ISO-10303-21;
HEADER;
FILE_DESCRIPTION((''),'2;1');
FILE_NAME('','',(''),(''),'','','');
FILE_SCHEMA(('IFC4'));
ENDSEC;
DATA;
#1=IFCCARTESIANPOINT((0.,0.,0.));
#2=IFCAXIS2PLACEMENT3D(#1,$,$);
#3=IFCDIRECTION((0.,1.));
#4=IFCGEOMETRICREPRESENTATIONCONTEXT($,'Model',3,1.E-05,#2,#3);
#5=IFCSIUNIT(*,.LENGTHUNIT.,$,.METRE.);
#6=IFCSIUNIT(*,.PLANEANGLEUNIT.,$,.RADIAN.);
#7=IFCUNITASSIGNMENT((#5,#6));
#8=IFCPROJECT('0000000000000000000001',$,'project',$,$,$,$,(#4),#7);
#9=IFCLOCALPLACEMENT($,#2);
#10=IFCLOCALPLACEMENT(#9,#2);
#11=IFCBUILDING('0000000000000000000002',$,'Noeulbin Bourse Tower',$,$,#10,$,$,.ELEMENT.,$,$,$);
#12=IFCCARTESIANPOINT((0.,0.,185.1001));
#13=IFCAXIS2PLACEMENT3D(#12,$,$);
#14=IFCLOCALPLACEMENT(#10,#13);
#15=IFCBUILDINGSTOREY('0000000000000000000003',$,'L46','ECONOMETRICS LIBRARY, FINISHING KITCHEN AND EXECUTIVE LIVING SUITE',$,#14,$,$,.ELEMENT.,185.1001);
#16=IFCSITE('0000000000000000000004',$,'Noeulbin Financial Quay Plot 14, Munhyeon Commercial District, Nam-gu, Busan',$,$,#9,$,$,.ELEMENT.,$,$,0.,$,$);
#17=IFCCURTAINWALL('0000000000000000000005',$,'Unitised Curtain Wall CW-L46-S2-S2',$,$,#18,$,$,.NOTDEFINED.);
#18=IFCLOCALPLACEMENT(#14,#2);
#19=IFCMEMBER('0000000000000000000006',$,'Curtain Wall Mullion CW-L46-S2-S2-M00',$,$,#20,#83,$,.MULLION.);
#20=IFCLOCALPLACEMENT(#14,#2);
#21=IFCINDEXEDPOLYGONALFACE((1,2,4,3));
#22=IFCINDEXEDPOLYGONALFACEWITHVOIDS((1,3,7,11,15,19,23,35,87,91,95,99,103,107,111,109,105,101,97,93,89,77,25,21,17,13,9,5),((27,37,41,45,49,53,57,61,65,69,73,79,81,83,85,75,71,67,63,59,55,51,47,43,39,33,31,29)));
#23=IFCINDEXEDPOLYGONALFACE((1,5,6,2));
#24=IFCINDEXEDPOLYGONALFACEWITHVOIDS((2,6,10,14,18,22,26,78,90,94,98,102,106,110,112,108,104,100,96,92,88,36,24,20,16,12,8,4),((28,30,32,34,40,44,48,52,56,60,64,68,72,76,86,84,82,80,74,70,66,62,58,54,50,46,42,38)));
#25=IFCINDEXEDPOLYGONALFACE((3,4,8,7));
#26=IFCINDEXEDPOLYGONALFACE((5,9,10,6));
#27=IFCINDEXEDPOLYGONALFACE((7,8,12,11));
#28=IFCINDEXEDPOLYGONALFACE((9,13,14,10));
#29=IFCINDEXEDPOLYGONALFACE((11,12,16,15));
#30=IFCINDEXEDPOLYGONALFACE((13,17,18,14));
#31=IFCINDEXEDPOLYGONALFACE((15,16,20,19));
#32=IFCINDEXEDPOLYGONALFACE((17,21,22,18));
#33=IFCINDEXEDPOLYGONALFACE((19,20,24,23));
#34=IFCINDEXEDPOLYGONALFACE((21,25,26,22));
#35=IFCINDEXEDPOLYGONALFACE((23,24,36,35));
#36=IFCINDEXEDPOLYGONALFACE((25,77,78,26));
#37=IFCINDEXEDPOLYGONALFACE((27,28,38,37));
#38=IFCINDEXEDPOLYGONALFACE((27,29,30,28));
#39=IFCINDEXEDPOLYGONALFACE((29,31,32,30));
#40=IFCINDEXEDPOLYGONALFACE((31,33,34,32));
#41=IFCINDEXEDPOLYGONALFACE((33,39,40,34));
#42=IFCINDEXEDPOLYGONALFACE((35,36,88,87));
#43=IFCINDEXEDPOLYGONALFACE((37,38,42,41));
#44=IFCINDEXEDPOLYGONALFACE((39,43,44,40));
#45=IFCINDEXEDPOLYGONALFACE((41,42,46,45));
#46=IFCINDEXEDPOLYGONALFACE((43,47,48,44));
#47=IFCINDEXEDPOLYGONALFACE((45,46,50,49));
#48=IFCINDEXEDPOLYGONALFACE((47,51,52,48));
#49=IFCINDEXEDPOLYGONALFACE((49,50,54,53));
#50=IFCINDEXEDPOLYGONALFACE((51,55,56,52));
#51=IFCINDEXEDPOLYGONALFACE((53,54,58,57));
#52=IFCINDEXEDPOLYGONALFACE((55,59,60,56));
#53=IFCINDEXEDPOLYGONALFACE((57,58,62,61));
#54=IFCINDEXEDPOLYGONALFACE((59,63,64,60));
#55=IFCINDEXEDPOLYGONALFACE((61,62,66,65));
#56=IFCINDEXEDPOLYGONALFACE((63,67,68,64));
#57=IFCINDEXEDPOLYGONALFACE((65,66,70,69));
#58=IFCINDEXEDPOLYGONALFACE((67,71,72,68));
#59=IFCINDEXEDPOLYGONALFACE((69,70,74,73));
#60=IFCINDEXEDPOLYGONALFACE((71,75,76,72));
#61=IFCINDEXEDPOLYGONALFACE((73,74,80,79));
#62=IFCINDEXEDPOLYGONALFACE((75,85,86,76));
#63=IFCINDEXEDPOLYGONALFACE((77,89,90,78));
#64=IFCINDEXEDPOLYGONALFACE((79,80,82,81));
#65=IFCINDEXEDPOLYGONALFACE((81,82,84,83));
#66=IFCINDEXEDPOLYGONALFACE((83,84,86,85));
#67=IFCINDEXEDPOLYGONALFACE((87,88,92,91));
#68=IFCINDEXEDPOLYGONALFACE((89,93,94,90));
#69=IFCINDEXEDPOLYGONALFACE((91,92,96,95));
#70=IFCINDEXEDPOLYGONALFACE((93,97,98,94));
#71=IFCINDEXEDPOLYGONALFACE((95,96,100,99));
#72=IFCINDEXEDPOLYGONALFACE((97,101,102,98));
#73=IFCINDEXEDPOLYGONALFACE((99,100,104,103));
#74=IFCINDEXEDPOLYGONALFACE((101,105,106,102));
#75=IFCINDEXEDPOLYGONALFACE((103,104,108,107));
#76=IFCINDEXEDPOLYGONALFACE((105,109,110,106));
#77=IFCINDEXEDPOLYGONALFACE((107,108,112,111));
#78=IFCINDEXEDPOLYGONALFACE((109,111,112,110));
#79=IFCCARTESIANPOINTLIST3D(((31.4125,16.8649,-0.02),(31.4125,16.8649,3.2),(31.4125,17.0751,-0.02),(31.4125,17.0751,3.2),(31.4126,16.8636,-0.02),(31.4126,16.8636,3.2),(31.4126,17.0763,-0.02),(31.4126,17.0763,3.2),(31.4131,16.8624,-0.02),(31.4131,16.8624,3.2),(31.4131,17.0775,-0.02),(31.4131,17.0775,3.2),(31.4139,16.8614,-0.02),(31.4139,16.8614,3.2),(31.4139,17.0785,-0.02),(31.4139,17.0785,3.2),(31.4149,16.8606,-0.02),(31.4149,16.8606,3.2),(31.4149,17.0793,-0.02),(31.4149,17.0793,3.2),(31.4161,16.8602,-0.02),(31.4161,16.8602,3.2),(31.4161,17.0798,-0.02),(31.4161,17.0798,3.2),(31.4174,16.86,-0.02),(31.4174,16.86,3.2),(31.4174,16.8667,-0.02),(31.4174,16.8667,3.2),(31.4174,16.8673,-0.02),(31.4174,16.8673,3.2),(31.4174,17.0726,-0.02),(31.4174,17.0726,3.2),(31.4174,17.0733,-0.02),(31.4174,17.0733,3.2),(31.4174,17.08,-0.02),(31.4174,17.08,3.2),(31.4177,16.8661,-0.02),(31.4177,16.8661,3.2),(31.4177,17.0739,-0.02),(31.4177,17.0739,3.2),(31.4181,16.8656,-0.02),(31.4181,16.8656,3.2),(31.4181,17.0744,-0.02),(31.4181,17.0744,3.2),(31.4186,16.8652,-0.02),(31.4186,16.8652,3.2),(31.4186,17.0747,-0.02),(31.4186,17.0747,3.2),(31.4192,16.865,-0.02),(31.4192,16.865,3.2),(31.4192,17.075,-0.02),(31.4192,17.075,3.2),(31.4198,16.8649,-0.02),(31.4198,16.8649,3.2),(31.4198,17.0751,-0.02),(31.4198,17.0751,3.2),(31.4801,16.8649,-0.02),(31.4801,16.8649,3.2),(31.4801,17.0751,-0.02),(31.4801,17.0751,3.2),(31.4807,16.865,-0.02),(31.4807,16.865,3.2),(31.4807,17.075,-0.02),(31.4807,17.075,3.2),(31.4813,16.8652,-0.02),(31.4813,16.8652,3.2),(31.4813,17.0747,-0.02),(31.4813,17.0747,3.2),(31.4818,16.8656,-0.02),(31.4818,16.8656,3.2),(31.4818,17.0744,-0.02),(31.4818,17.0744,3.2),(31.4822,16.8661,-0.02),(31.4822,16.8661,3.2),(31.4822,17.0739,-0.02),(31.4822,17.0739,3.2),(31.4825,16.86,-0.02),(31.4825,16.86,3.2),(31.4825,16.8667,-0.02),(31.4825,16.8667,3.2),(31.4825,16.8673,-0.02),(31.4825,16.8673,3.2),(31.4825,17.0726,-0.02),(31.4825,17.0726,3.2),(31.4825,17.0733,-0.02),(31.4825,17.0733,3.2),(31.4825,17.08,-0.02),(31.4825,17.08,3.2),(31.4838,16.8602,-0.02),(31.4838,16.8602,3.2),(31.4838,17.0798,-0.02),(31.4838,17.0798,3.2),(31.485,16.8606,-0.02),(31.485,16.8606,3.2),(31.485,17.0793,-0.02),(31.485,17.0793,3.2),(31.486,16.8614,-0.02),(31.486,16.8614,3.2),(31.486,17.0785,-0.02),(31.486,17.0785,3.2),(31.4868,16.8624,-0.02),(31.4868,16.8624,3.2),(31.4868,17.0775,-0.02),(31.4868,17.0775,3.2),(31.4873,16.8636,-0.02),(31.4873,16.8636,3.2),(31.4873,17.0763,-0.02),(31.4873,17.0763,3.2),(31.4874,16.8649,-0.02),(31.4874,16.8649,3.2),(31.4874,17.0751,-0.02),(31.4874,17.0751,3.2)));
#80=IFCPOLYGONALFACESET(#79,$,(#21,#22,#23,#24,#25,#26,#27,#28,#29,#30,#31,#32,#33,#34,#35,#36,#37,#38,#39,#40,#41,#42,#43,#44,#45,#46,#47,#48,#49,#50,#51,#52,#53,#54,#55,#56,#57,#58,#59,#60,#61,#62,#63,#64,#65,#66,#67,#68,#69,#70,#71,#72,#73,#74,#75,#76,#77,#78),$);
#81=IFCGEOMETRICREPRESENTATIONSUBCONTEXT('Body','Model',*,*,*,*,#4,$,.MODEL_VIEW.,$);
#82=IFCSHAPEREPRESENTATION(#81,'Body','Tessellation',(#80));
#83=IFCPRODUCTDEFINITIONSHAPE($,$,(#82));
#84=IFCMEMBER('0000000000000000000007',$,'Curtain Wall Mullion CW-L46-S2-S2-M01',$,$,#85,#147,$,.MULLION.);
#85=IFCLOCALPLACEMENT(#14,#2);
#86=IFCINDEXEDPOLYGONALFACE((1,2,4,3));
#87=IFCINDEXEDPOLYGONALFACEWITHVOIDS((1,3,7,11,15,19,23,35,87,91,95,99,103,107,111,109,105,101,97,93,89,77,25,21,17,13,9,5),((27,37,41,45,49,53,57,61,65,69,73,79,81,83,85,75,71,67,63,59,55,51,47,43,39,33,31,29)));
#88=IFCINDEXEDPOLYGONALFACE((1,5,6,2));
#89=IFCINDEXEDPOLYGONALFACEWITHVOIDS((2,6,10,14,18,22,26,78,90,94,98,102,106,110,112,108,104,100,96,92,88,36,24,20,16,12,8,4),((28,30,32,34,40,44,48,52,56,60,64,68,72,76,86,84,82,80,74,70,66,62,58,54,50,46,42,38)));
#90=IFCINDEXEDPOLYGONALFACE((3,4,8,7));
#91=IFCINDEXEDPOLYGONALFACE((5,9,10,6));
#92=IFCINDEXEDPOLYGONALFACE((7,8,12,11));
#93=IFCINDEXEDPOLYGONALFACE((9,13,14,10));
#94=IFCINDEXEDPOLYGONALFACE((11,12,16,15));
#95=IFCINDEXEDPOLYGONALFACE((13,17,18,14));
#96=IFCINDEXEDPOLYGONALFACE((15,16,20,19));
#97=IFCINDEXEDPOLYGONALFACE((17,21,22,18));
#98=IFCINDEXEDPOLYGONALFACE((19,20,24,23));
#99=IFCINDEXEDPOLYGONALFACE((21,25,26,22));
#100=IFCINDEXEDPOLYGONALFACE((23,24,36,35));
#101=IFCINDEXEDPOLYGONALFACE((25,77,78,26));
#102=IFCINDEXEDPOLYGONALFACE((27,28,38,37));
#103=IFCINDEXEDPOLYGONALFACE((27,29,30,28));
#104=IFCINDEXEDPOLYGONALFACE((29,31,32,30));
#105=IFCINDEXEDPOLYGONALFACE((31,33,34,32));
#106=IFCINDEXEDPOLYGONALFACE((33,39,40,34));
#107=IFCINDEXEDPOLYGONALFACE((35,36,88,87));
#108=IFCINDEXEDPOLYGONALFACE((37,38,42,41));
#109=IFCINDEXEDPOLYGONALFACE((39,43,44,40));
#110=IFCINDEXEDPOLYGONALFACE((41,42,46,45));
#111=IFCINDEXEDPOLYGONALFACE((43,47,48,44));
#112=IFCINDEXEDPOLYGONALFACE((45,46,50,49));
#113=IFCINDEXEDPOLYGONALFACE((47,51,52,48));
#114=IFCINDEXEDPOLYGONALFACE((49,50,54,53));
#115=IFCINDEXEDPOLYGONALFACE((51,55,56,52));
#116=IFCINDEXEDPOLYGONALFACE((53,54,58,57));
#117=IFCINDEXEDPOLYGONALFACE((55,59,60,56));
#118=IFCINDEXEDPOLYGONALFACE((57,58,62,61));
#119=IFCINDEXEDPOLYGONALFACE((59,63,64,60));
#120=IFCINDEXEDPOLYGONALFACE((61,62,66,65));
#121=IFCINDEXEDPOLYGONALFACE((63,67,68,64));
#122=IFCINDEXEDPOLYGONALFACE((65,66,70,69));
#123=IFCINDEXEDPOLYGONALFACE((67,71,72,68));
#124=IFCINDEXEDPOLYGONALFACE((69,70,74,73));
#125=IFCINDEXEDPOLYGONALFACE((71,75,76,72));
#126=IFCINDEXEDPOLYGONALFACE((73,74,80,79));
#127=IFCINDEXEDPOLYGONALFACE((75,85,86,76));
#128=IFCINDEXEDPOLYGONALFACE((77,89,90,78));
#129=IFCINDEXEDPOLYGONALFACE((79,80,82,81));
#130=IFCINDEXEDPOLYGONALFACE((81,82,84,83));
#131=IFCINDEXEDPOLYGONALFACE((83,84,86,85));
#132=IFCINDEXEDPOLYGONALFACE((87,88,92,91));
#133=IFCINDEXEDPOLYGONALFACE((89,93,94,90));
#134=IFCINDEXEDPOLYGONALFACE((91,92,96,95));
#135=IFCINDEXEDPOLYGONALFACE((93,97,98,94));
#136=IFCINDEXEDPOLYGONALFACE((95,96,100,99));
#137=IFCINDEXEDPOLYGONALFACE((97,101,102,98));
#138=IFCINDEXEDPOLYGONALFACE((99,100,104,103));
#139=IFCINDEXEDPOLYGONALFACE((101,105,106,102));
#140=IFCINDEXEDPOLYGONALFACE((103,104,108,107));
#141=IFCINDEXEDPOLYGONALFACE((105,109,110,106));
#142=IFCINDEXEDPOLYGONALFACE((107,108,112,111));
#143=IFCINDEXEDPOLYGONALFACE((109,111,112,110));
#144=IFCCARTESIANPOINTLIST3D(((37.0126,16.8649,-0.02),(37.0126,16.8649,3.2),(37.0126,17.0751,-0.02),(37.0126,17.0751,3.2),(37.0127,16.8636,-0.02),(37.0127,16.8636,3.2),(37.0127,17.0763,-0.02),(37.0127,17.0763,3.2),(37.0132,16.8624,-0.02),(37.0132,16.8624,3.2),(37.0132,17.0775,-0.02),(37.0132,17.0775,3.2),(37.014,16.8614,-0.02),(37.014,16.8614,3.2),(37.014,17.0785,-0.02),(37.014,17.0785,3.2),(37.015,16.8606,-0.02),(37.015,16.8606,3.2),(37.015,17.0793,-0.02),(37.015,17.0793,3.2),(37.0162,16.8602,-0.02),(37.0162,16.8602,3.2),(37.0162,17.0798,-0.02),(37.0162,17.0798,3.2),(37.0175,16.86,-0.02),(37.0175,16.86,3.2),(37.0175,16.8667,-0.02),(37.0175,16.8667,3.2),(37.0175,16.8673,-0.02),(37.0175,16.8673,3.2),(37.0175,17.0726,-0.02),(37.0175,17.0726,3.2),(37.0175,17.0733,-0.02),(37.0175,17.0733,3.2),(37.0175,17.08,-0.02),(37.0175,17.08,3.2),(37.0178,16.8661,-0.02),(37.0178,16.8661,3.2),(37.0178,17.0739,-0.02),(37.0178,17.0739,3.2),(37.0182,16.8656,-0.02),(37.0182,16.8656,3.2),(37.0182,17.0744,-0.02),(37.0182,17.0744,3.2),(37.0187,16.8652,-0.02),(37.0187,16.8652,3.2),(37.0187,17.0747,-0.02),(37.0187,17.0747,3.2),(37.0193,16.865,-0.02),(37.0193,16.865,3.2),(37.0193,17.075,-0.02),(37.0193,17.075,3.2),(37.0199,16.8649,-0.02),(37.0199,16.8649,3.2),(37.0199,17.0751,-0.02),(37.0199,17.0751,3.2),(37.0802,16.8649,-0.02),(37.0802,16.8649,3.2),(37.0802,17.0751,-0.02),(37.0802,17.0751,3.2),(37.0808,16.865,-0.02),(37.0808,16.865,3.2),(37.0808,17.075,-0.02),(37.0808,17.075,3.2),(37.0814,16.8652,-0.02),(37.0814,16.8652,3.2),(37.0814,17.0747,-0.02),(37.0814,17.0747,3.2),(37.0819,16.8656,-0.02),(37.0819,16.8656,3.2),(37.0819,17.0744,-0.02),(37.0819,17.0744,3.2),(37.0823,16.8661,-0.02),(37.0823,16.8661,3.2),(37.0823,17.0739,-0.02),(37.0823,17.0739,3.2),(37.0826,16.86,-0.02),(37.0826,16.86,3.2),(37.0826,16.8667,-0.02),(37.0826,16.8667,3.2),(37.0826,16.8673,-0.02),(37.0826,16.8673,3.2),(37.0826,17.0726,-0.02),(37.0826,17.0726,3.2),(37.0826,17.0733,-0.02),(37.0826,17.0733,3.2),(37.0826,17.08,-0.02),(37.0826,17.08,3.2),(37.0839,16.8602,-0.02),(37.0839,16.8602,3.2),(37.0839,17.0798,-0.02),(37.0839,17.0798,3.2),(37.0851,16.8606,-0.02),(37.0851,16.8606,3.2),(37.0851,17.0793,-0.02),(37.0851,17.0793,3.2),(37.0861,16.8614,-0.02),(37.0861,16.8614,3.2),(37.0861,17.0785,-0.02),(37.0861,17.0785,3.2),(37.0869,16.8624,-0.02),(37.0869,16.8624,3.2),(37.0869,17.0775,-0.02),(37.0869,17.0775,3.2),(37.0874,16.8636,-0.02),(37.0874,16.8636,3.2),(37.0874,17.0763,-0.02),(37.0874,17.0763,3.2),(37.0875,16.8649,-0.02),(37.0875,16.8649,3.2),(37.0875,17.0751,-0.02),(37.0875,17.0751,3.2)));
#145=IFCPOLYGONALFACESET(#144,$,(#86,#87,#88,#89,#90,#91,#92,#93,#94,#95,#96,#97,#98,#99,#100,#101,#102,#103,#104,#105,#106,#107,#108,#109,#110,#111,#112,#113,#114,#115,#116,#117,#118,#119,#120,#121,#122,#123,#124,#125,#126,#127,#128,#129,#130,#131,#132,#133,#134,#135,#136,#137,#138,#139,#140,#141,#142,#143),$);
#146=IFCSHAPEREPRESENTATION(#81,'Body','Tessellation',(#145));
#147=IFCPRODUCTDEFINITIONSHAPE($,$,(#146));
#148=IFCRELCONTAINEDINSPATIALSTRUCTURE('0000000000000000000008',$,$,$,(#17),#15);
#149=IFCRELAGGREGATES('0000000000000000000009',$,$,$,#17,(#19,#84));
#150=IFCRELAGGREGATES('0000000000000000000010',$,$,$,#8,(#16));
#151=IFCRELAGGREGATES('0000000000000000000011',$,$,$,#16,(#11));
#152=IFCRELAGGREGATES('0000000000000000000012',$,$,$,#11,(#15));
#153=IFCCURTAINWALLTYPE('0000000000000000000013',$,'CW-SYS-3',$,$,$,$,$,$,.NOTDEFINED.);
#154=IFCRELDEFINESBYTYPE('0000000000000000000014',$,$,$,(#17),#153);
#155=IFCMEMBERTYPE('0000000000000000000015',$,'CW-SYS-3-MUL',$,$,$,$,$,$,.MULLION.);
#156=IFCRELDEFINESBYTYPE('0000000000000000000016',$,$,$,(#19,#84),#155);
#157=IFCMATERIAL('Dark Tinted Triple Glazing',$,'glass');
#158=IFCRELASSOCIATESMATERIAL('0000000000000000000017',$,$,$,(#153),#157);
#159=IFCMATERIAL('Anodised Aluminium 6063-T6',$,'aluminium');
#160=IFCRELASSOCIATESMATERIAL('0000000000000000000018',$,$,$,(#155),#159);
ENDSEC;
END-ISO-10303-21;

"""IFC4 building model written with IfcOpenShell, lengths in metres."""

from ifc_helpers import new_model, si_unit, direction, frame, origin, origin_2d, place, context, subcontext, project, spatial, hollow_rectangle, extrude, material, material_profile, profile_set, type_object, element, aggregate, save


model = new_model("IFC4")

# Units and contexts
model_context = context("Model", 3, precision=1e-05, world=origin(), true_north=direction((0.0, 1.0)))
body_context = subcontext(model_context, "Body", "Model", "MODEL_VIEW")
ifc_project = project(units=[si_unit("LENGTHUNIT", "METRE"), si_unit("PLANEANGLEUNIT", "RADIAN")], contexts=[model_context])

# Site, building, storey
site_placement = place(None, origin())
site = spatial("IfcSite", under=ifc_project, at=site_placement, Name="Noeulbin Financial Quay Plot 14, Munhyeon Commercial District, Nam-gu, Busan", CompositionType="ELEMENT", RefElevation=0.0)
building_placement = place(site_placement, origin())
building = spatial("IfcBuilding", under=site, at=building_placement, Name="Noeulbin Bourse Tower", CompositionType="ELEMENT")
storey_placement = place(building_placement, frame((0.0, 0.0, 185.1001)))
storey = spatial("IfcBuildingStorey", under=building, at=storey_placement, Name="L46", Description="ECONOMETRICS LIBRARY, FINISHING KITCHEN AND EXECUTIVE LIVING SUITE", CompositionType="ELEMENT", Elevation=185.1001)

# Shared definitions
ifc_material_1 = material(Name="Dark Tinted Triple Glazing", Category="glass")
curtain_wall_type = type_object("IfcCurtainWallType", Name="CW-SYS-3", PredefinedType="NOTDEFINED", material=ifc_material_1)
ifc_material_2 = material(Name="Anodised Aluminium 6063-T6", Category="aluminium")
ifc_material_profile_1 = material_profile(ifc_material_2, hollow_rectangle(XDim=0.075, YDim=0.22, WallThickness=0.0049, InnerFilletRadius=0.0024, OuterFilletRadius=0.0049, at=origin_2d()), Name="ALU-MULL-75x220x5", Category="LoadBearing")
ifc_profile_set_1 = profile_set([ifc_material_profile_1], Name="Anodised Aluminium 6063-T6")
member_type_1 = type_object("IfcMemberType", Name="CW-SYS-3-MUL", PredefinedType="MULLION", material=ifc_profile_set_1)

# Curtain wall, members
curtain_wall_1_placement = place(storey_placement, origin())
curtain_wall_1 = element("IfcCurtainWall", 1, at=curtain_wall_1_placement, inside=storey, type_object=curtain_wall_type, Name="Unitised Curtain Wall CW-L46-S2-S2", PredefinedType="NOTDEFINED")
member_1_placement = place(storey_placement, frame((31.45, 16.97, -0.02), z_axis=(0.0, 0.0, 1.0), x_axis=(1.0, 0.0, 0.0)))
member_1 = element("IfcMember", 2, at=member_1_placement, type_object=member_type_1, Name="Curtain Wall Mullion CW-L46-S2-S2-M00", PredefinedType="MULLION", context=body_context, shape_type="SweptSolid", body=[
    extrude(hollow_rectangle(XDim=0.075, YDim=0.22, WallThickness=0.0049, InnerFilletRadius=0.0024, OuterFilletRadius=0.0049, at=origin_2d()), origin(), (0.0, 0.0, 1.0), 3.22),
])
member_2_placement = place(storey_placement, frame((37.05, 16.97, -0.02), z_axis=(0.0, 0.0, 1.0), x_axis=(1.0, 0.0, 0.0)))
member_2 = element("IfcMember", 3, at=member_2_placement, type_object=member_type_1, Name="Curtain Wall Mullion CW-L46-S2-S2-M01", PredefinedType="MULLION", context=body_context, shape_type="SweptSolid", body=[
    extrude(hollow_rectangle(XDim=0.075, YDim=0.22, WallThickness=0.0049, InnerFilletRadius=0.0024, OuterFilletRadius=0.0049, at=origin_2d()), origin(), (0.0, 0.0, 1.0), 3.22),
])

aggregate(curtain_wall_1, [member_1, member_2])

save(model, "model.ifc")
